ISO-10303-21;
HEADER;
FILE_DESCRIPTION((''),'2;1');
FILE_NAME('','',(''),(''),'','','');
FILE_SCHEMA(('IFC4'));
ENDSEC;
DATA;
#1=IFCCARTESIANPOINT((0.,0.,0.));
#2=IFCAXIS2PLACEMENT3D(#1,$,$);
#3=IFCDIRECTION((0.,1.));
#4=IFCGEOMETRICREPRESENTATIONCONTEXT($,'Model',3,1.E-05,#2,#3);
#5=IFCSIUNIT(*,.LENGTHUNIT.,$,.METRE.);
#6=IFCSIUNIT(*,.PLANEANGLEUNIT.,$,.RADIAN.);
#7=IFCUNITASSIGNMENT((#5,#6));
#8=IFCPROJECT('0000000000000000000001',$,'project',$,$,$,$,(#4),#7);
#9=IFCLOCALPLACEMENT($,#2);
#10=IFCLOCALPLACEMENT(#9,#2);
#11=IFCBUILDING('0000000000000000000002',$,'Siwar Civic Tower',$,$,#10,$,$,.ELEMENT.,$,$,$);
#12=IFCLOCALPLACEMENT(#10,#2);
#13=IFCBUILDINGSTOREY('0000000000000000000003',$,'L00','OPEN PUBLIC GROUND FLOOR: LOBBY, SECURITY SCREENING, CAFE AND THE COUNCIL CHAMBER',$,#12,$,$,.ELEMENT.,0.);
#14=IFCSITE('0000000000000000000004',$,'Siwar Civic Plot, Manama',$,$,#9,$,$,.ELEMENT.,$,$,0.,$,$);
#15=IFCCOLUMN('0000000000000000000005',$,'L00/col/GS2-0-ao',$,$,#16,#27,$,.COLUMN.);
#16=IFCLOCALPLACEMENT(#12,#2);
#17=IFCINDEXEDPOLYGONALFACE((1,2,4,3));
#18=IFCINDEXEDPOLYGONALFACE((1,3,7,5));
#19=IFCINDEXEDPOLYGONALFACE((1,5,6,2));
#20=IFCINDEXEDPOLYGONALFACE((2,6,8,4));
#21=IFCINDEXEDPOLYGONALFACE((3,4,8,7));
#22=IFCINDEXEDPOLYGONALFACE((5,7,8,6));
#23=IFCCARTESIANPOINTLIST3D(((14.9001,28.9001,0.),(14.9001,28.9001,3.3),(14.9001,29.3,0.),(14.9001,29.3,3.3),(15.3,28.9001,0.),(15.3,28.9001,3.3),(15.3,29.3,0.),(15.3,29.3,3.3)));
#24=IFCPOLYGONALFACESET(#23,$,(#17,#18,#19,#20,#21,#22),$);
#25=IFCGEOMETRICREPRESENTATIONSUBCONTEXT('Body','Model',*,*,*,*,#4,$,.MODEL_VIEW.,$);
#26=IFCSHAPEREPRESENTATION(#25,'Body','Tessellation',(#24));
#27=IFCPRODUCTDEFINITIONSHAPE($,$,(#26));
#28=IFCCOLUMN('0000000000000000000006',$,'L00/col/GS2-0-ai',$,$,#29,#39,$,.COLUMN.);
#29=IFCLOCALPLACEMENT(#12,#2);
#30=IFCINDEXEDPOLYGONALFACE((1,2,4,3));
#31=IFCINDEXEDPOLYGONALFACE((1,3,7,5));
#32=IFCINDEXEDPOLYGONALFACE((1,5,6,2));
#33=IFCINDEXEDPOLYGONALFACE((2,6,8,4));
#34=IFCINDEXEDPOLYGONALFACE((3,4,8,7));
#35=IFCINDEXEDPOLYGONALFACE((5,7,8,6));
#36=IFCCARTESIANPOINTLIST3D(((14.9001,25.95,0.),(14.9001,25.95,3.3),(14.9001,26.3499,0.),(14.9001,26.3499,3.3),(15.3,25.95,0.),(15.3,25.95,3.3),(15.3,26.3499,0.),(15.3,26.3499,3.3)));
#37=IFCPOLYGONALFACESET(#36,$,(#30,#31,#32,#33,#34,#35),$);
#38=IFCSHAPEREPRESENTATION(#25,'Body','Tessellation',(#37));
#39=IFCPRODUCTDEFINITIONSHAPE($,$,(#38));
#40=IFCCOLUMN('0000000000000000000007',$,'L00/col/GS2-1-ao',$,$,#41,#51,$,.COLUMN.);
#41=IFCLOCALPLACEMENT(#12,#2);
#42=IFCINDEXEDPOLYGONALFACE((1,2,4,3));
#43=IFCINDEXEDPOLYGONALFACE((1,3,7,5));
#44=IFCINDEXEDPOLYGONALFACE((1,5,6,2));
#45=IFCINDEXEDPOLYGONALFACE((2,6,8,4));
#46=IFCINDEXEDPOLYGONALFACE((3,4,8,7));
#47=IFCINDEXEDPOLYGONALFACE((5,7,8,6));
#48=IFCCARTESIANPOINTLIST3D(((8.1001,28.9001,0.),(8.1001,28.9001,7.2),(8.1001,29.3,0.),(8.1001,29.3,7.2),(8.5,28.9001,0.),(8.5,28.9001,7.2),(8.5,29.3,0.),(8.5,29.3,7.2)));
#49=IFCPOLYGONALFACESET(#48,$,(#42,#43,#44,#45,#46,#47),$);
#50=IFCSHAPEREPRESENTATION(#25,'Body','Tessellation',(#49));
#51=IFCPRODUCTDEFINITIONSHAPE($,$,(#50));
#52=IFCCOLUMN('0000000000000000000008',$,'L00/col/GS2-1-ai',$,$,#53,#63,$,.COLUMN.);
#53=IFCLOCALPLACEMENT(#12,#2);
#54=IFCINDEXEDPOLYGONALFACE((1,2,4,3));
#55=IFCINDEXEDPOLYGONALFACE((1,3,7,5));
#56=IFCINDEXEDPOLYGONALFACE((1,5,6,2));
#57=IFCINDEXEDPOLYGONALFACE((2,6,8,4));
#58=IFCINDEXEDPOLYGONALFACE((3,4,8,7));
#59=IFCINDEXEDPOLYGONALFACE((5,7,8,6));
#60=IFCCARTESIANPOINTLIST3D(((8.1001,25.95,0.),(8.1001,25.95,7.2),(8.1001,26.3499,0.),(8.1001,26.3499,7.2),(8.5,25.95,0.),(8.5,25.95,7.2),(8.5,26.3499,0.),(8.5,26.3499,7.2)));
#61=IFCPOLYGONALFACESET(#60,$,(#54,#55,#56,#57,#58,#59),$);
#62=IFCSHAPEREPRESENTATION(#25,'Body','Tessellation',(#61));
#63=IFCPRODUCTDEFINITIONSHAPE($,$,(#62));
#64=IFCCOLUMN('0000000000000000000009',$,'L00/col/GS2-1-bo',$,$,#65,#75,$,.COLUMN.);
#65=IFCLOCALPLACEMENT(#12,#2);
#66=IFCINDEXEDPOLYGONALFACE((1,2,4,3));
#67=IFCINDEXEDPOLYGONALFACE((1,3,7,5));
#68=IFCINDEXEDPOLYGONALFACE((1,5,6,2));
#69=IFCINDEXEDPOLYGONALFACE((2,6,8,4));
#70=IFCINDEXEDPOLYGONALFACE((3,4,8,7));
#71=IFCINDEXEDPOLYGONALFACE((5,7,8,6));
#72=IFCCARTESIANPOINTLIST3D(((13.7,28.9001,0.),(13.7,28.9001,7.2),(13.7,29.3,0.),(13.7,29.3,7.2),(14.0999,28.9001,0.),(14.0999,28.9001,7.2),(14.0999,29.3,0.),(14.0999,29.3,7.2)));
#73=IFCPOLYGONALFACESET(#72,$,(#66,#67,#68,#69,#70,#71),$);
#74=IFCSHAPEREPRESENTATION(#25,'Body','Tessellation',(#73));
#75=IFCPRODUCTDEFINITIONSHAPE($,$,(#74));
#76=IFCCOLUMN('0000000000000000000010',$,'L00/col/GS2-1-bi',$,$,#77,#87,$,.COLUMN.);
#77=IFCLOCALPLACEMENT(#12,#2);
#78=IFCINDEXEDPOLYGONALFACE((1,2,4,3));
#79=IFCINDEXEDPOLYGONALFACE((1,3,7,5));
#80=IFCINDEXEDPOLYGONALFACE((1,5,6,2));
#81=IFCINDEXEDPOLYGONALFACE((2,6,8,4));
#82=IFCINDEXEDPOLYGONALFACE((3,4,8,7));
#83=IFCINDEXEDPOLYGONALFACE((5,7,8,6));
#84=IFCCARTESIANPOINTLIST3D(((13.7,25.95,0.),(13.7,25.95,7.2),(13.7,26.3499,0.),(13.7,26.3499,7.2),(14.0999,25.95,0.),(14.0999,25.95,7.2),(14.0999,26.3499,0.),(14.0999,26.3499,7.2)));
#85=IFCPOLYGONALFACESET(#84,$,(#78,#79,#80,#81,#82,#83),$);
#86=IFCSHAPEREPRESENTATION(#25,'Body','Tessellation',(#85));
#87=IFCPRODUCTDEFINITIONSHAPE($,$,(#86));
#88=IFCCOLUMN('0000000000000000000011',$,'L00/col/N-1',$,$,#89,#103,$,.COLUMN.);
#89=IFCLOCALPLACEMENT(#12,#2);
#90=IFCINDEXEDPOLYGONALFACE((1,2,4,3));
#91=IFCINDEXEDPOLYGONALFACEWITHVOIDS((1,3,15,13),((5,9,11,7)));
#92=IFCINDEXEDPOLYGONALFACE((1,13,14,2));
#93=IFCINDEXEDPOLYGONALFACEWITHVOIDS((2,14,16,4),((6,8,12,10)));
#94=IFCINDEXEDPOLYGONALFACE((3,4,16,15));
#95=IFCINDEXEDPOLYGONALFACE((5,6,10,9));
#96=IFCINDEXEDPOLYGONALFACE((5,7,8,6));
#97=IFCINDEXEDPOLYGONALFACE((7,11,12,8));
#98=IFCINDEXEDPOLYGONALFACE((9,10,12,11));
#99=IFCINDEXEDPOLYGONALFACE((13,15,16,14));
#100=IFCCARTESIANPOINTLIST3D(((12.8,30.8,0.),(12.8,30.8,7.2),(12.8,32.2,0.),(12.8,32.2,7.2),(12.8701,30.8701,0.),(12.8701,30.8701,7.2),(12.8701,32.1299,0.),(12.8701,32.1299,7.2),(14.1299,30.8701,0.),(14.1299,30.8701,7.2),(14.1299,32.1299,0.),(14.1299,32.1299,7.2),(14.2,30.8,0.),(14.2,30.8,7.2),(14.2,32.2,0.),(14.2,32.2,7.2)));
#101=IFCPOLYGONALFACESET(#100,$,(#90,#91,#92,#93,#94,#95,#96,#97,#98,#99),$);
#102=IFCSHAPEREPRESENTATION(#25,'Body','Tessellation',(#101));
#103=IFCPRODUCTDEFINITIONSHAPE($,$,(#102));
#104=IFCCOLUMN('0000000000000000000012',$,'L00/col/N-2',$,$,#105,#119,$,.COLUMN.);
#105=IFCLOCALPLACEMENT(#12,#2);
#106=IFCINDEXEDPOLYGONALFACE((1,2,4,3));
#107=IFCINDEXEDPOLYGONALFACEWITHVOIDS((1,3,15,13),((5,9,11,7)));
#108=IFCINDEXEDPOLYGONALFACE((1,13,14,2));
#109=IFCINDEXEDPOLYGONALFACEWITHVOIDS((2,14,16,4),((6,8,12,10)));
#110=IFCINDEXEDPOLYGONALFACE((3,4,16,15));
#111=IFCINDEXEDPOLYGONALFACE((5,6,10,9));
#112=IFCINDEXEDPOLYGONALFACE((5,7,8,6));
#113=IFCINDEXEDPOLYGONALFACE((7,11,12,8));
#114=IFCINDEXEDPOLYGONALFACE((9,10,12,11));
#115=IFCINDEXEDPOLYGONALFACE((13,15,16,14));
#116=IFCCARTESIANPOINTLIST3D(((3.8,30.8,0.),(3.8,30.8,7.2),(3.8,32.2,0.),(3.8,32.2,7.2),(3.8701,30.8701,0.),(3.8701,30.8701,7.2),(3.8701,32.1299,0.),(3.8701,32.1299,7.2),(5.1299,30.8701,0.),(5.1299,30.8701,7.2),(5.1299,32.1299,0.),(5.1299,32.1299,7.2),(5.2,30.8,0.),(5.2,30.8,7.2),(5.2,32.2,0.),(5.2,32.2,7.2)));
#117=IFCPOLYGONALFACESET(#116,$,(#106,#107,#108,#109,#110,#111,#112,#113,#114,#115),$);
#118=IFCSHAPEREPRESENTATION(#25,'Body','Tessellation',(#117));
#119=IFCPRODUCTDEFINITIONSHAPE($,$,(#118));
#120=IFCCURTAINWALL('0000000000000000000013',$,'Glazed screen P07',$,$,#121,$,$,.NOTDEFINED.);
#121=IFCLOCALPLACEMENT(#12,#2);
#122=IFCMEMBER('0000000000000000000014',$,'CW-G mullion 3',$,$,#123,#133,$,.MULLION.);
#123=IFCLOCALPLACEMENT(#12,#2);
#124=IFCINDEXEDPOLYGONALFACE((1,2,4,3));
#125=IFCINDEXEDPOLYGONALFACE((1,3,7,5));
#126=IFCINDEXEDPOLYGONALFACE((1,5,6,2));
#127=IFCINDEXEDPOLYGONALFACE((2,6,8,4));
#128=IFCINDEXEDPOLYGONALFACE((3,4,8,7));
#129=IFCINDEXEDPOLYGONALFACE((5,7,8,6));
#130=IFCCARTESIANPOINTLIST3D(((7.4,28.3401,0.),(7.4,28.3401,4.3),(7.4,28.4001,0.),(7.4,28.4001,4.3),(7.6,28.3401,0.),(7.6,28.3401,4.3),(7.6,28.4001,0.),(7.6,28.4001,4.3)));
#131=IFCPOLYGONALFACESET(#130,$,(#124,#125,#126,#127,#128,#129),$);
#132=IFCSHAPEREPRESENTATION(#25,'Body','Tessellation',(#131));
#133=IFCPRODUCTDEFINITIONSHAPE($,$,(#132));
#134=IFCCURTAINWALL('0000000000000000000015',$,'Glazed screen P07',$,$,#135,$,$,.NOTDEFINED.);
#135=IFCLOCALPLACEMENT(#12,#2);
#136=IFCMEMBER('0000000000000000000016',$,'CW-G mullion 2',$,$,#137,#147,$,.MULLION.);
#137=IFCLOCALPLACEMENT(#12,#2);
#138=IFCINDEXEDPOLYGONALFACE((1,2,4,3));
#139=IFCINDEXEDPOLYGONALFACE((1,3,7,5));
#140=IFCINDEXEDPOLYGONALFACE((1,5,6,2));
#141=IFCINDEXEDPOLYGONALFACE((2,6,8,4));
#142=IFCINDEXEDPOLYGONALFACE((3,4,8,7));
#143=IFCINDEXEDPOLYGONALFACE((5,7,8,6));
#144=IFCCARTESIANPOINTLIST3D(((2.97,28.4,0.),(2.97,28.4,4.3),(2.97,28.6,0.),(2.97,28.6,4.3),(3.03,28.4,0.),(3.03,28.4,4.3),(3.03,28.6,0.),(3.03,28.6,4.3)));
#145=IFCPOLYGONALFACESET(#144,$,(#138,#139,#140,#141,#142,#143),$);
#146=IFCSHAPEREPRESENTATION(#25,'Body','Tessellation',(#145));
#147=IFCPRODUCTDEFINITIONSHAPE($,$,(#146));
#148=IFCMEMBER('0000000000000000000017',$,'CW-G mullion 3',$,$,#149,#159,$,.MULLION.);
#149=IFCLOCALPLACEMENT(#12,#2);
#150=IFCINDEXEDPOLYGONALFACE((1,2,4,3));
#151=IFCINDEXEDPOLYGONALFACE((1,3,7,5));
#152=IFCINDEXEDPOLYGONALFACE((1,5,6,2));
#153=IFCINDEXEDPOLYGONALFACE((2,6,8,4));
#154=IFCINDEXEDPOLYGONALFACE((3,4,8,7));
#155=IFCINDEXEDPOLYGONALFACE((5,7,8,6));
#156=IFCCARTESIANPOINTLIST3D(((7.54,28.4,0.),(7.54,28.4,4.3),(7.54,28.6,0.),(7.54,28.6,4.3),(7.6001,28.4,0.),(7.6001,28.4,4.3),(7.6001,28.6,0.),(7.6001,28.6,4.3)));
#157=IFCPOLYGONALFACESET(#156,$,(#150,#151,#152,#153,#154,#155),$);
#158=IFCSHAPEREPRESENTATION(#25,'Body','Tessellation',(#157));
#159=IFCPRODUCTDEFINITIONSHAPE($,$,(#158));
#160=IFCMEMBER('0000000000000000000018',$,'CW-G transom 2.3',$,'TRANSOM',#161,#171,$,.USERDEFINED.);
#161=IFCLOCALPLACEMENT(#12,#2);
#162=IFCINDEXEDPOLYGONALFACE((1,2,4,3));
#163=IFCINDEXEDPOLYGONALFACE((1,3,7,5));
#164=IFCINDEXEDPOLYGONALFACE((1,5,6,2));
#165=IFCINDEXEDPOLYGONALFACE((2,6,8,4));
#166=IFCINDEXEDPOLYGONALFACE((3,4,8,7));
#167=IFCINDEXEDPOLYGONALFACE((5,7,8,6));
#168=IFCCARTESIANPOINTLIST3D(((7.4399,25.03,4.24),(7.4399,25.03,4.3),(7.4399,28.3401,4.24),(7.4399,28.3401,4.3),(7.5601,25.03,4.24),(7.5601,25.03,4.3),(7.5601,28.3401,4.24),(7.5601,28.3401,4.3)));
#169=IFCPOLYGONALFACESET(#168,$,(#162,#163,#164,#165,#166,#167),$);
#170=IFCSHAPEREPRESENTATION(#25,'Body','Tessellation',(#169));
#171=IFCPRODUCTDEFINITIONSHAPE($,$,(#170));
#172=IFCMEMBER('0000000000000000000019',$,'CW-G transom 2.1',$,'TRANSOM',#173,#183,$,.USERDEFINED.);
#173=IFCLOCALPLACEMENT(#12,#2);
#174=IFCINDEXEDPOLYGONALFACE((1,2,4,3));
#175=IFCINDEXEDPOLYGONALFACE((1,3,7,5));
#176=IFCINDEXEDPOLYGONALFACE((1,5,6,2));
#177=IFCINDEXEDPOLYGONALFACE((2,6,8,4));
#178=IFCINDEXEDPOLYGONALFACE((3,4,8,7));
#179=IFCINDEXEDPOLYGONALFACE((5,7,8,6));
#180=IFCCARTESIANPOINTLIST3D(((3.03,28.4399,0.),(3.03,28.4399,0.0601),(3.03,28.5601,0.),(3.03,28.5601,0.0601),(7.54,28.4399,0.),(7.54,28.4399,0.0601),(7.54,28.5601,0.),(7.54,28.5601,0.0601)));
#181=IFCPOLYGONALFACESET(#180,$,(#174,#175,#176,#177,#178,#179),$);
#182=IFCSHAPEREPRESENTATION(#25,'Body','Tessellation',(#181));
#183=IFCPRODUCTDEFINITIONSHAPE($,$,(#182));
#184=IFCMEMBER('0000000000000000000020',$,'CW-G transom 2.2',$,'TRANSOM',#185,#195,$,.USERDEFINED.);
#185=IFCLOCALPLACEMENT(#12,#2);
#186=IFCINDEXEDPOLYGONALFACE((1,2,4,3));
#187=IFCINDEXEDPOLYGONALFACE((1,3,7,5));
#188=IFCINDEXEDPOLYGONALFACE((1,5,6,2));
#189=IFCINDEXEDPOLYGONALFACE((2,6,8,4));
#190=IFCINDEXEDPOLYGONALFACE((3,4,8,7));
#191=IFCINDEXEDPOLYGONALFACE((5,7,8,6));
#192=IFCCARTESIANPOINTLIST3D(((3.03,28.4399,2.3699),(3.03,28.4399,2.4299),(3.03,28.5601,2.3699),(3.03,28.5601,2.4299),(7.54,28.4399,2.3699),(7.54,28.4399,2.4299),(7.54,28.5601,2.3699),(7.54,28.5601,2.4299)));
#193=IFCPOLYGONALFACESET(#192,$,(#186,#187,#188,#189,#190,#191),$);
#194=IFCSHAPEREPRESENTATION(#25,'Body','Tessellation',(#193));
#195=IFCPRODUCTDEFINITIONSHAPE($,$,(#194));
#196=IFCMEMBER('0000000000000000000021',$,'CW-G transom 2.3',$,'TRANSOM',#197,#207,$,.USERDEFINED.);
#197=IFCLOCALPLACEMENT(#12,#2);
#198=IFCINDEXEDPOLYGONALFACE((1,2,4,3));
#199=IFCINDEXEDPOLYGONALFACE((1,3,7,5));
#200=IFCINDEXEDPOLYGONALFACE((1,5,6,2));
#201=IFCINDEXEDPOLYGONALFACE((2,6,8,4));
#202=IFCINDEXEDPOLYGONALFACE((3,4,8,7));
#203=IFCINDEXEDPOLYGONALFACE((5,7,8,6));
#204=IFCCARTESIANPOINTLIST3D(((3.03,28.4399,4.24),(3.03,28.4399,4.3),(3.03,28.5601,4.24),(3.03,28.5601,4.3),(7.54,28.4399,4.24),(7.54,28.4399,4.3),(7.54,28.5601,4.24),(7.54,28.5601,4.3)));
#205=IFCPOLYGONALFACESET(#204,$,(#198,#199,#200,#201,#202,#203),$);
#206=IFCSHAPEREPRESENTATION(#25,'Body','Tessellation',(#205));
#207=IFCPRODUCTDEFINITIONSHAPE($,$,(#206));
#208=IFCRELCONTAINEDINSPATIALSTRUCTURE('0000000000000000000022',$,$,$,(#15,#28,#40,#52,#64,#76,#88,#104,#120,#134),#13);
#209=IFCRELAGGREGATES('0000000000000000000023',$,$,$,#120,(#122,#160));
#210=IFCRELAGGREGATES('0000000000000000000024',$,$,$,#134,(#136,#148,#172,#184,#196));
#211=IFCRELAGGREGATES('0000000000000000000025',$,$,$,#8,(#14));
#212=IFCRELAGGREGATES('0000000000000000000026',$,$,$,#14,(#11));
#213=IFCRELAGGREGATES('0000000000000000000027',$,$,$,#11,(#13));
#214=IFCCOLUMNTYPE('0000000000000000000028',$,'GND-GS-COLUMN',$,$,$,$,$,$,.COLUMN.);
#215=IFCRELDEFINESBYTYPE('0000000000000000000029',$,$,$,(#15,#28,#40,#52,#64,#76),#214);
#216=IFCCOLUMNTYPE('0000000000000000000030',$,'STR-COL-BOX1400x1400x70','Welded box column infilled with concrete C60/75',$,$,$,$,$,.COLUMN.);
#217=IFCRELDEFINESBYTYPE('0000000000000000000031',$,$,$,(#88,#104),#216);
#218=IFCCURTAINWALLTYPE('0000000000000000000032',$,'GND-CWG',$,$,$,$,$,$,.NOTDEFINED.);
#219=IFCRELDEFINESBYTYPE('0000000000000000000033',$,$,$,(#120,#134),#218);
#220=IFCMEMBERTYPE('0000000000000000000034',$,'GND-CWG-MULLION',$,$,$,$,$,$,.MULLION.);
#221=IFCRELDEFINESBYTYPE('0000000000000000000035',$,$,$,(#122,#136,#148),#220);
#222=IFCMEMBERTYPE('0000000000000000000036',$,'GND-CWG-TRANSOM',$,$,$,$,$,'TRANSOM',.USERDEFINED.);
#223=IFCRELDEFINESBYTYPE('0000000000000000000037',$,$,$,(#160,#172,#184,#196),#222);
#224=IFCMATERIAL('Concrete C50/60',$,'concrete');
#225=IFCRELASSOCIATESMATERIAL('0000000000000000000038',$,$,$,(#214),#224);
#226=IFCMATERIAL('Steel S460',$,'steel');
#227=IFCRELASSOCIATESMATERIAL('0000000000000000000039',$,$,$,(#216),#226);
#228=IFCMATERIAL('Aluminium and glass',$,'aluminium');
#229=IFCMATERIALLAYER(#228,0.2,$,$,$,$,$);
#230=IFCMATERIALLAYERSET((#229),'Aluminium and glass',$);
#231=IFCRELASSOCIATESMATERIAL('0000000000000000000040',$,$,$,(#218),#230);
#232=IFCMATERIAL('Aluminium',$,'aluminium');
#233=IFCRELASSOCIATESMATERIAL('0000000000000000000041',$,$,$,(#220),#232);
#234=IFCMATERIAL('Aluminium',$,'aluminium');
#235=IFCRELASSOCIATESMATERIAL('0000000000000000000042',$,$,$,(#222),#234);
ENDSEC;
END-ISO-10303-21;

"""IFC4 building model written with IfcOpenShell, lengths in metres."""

from ifc_helpers import new_model, si_unit, direction, frame, origin, origin_2d, place, context, subcontext, project, spatial, rectangle, hollow_rectangle, extrude, material, layer, layer_set, material_profile, profile_set, type_object, element, aggregate, save


model = new_model("IFC4")

# Units and contexts
model_context = context("Model", 3, precision=1e-05, world=origin(), true_north=direction((0.0, 1.0)))
body_context = subcontext(model_context, "Body", "Model", "MODEL_VIEW")
ifc_project = project(units=[si_unit("LENGTHUNIT", "METRE"), si_unit("PLANEANGLEUNIT", "RADIAN")], contexts=[model_context])

# Site, building, storey
site_placement = place(None, origin())
site = spatial("IfcSite", under=ifc_project, at=site_placement, Name="Siwar Civic Plot, Manama", CompositionType="ELEMENT", RefElevation=0.0)
building_placement = place(site_placement, origin())
building = spatial("IfcBuilding", under=site, at=building_placement, Name="Siwar Civic Tower", CompositionType="ELEMENT")
storey_placement = place(building_placement, origin())
storey = spatial("IfcBuildingStorey", under=building, at=storey_placement, Name="L00", Description="OPEN PUBLIC GROUND FLOOR: LOBBY, SECURITY SCREENING, CAFE AND THE COUNCIL CHAMBER", CompositionType="ELEMENT", Elevation=0.0)

# Columns
ifc_material_1 = material(Name="Concrete C50/60", Category="concrete")
ifc_material_profile_1 = material_profile(ifc_material_1, rectangle(XDim=0.3999, YDim=0.3999, at=origin_2d()), Name="RC400x400")
ifc_profile_set_1 = profile_set([ifc_material_profile_1], Name="Concrete C50/60")
column_type_1 = type_object("IfcColumnType", Name="GND-GS-COLUMN", PredefinedType="COLUMN", material=ifc_profile_set_1)
for number, where, z_axis, x_axis, name in (
    (1, (15.1001, 29.1001, 0.0), (0.0, 0.0, 1.0), (1.0, 0.0, 0.0), "L00/col/GS2-0-ao"),
    (2, (15.1001, 26.1499, 0.0), (0.0, 0.0, 1.0), (1.0, 0.0, 0.0), "L00/col/GS2-0-ai"),
):
    element("IfcColumn", number, at=place(storey_placement, frame(where, z_axis=z_axis, x_axis=x_axis)), inside=storey, type_object=column_type_1, Name=name, PredefinedType="COLUMN", context=body_context, shape_type="SweptSolid", body=[
        extrude(rectangle(XDim=0.3999, YDim=0.3999, at=origin_2d()), origin(), (0.0, 0.0, 1.0), 3.3),
    ])
for number, where, z_axis, x_axis, name in (
    (3, (8.3, 29.1001, 0.0), (0.0, 0.0, 1.0), (1.0, 0.0, 0.0), "L00/col/GS2-1-ao"),
    (4, (8.3, 26.1499, 0.0), (0.0, 0.0, 1.0), (1.0, 0.0, 0.0), "L00/col/GS2-1-ai"),
    (5, (13.8999, 29.1001, 0.0), (0.0, 0.0, 1.0), (1.0, 0.0, 0.0), "L00/col/GS2-1-bo"),
    (6, (13.8999, 26.1499, 0.0), (0.0, 0.0, 1.0), (1.0, 0.0, 0.0), "L00/col/GS2-1-bi"),
):
    element("IfcColumn", number, at=place(storey_placement, frame(where, z_axis=z_axis, x_axis=x_axis)), inside=storey, type_object=column_type_1, Name=name, PredefinedType="COLUMN", context=body_context, shape_type="SweptSolid", body=[
        extrude(rectangle(XDim=0.3999, YDim=0.3999, at=origin_2d()), origin(), (0.0, 0.0, 1.0), 7.2),
    ])
ifc_material_2 = material(Name="Steel S460", Category="steel")
ifc_material_profile_2 = material_profile(ifc_material_2, hollow_rectangle(XDim=1.3999, YDim=1.3999, WallThickness=0.0701, at=origin_2d()), Name="BOX1400x1400x70")
ifc_profile_set_2 = profile_set([ifc_material_profile_2], Name="Steel S460")
column_type_2 = type_object("IfcColumnType", Name="STR-COL-BOX1400x1400x70", Description="Welded box column infilled with concrete C60/75", PredefinedType="COLUMN", material=ifc_profile_set_2)
for number, where, z_axis, x_axis, name in (
    (7, (13.5, 31.5, 0.0), (0.0, 0.0, 1.0), (1.0, 0.0, 0.0), "L00/col/N-1"),
    (8, (4.5, 31.5, 0.0), (0.0, 0.0, 1.0), (1.0, 0.0, 0.0), "L00/col/N-2"),
):
    element("IfcColumn", number, at=place(storey_placement, frame(where, z_axis=z_axis, x_axis=x_axis)), inside=storey, type_object=column_type_2, Name=name, PredefinedType="COLUMN", context=body_context, shape_type="SweptSolid", body=[
        extrude(hollow_rectangle(XDim=1.3999, YDim=1.3999, WallThickness=0.0701, at=origin_2d()), origin(), (0.0, 0.0, 1.0), 7.2),
    ])

# Curtain wall, member
ifc_material_3 = material(Name="Aluminium and glass", Category="aluminium")
ifc_layer_1 = layer(ifc_material_3, 0.2)
ifc_layer_set_1 = layer_set([ifc_layer_1], Name="Aluminium and glass")
curtain_wall_type = type_object("IfcCurtainWallType", Name="GND-CWG", PredefinedType="NOTDEFINED", material=ifc_layer_set_1)
curtain_wall_1_placement = place(storey_placement, origin())
curtain_wall_1 = element("IfcCurtainWall", 9, at=curtain_wall_1_placement, inside=storey, type_object=curtain_wall_type, Name="Glazed screen P07", PredefinedType="NOTDEFINED")
ifc_material_4 = material(Name="Aluminium", Category="aluminium")
ifc_material_profile_3 = material_profile(ifc_material_4, rectangle(XDim=0.2, YDim=0.0601, at=origin_2d()), Name="AL 200x60")
ifc_profile_set_3 = profile_set([ifc_material_profile_3], Name="Aluminium")
member_type_1 = type_object("IfcMemberType", Name="GND-CWG-MULLION", PredefinedType="MULLION", material=ifc_profile_set_3)
member_1_placement = place(storey_placement, frame((7.5, 28.3701, 0.0), z_axis=(0.0, 0.0, 1.0), x_axis=(-1.0, 0.0, 0.0)))
member_1 = element("IfcMember", 10, at=member_1_placement, type_object=member_type_1, Name="CW-G mullion 3", PredefinedType="MULLION", context=body_context, shape_type="SweptSolid", body=[
    extrude(rectangle(XDim=0.2, YDim=0.0601, at=origin_2d()), origin(), (0.0, 0.0, 1.0), 4.3),
])

# Curtain wall, members
curtain_wall_2_placement = place(storey_placement, origin())
curtain_wall_2 = element("IfcCurtainWall", 11, at=curtain_wall_2_placement, inside=storey, type_object=curtain_wall_type, Name="Glazed screen P07", PredefinedType="NOTDEFINED")
member_2_placement = place(storey_placement, frame((3.0, 28.5, 0.0), z_axis=(0.0, 0.0, 1.0), x_axis=(0.0, 1.0, 0.0)))
member_2 = element("IfcMember", 12, at=member_2_placement, type_object=member_type_1, Name="CW-G mullion 2", PredefinedType="MULLION", context=body_context, shape_type="SweptSolid", body=[
    extrude(rectangle(XDim=0.2, YDim=0.0601, at=origin_2d()), origin(), (0.0, 0.0, 1.0), 4.3),
])
member_3_placement = place(storey_placement, frame((7.5701, 28.5, 0.0), z_axis=(0.0, 0.0, 1.0), x_axis=(0.0, 1.0, 0.0)))
member_3 = element("IfcMember", 13, at=member_3_placement, type_object=member_type_1, Name="CW-G mullion 3", PredefinedType="MULLION", context=body_context, shape_type="SweptSolid", body=[
    extrude(rectangle(XDim=0.2, YDim=0.0601, at=origin_2d()), origin(), (0.0, 0.0, 1.0), 4.3),
])

# Members
ifc_material_5 = material(Name="Aluminium", Category="aluminium")
ifc_material_profile_4 = material_profile(ifc_material_5, rectangle(XDim=0.1201, YDim=0.0601, at=origin_2d()), Name="AL 120x60")
ifc_profile_set_4 = profile_set([ifc_material_profile_4], Name="Aluminium")
member_type_2 = type_object("IfcMemberType", Name="GND-CWG-TRANSOM", ElementType="TRANSOM", PredefinedType="USERDEFINED", material=ifc_profile_set_4)
member_4_placement = place(storey_placement, frame((7.5, 25.03, 4.27), z_axis=(0.0, 1.0, 0.0), x_axis=(-1.0, 0.0, 0.0)))
member_4 = element("IfcMember", 14, at=member_4_placement, type_object=member_type_2, Name="CW-G transom 2.3", ObjectType="TRANSOM", PredefinedType="USERDEFINED", context=body_context, shape_type="SweptSolid", body=[
    extrude(rectangle(XDim=0.1201, YDim=0.0601, at=origin_2d()), origin(), (0.0, 0.0, 1.0), 3.3101),
])
member_5_placement = place(storey_placement, frame((3.03, 28.5, 0.03), z_axis=(1.0, 0.0, 0.0), x_axis=(0.0, 1.0, 0.0)))
member_5 = element("IfcMember", 15, at=member_5_placement, type_object=member_type_2, Name="CW-G transom 2.1", ObjectType="TRANSOM", PredefinedType="USERDEFINED", context=body_context, shape_type="SweptSolid", body=[
    extrude(rectangle(XDim=0.1201, YDim=0.0601, at=origin_2d()), origin(), (0.0, 0.0, 1.0), 4.51),
])
member_6_placement = place(storey_placement, frame((3.03, 28.5, 2.3999), z_axis=(1.0, 0.0, 0.0), x_axis=(0.0, 1.0, 0.0)))
member_6 = element("IfcMember", 16, at=member_6_placement, type_object=member_type_2, Name="CW-G transom 2.2", ObjectType="TRANSOM", PredefinedType="USERDEFINED", context=body_context, shape_type="SweptSolid", body=[
    extrude(rectangle(XDim=0.1201, YDim=0.0601, at=origin_2d()), origin(), (0.0, 0.0, 1.0), 4.51),
])
member_7_placement = place(storey_placement, frame((3.03, 28.5, 4.27), z_axis=(1.0, 0.0, 0.0), x_axis=(0.0, 1.0, 0.0)))
member_7 = element("IfcMember", 17, at=member_7_placement, type_object=member_type_2, Name="CW-G transom 2.3", ObjectType="TRANSOM", PredefinedType="USERDEFINED", context=body_context, shape_type="SweptSolid", body=[
    extrude(rectangle(XDim=0.1201, YDim=0.0601, at=origin_2d()), origin(), (0.0, 0.0, 1.0), 4.51),
])

aggregate(curtain_wall_1, [member_1, member_4])
aggregate(curtain_wall_2, [member_2, member_3, member_5, member_6, member_7])

save(model, "model.ifc")
